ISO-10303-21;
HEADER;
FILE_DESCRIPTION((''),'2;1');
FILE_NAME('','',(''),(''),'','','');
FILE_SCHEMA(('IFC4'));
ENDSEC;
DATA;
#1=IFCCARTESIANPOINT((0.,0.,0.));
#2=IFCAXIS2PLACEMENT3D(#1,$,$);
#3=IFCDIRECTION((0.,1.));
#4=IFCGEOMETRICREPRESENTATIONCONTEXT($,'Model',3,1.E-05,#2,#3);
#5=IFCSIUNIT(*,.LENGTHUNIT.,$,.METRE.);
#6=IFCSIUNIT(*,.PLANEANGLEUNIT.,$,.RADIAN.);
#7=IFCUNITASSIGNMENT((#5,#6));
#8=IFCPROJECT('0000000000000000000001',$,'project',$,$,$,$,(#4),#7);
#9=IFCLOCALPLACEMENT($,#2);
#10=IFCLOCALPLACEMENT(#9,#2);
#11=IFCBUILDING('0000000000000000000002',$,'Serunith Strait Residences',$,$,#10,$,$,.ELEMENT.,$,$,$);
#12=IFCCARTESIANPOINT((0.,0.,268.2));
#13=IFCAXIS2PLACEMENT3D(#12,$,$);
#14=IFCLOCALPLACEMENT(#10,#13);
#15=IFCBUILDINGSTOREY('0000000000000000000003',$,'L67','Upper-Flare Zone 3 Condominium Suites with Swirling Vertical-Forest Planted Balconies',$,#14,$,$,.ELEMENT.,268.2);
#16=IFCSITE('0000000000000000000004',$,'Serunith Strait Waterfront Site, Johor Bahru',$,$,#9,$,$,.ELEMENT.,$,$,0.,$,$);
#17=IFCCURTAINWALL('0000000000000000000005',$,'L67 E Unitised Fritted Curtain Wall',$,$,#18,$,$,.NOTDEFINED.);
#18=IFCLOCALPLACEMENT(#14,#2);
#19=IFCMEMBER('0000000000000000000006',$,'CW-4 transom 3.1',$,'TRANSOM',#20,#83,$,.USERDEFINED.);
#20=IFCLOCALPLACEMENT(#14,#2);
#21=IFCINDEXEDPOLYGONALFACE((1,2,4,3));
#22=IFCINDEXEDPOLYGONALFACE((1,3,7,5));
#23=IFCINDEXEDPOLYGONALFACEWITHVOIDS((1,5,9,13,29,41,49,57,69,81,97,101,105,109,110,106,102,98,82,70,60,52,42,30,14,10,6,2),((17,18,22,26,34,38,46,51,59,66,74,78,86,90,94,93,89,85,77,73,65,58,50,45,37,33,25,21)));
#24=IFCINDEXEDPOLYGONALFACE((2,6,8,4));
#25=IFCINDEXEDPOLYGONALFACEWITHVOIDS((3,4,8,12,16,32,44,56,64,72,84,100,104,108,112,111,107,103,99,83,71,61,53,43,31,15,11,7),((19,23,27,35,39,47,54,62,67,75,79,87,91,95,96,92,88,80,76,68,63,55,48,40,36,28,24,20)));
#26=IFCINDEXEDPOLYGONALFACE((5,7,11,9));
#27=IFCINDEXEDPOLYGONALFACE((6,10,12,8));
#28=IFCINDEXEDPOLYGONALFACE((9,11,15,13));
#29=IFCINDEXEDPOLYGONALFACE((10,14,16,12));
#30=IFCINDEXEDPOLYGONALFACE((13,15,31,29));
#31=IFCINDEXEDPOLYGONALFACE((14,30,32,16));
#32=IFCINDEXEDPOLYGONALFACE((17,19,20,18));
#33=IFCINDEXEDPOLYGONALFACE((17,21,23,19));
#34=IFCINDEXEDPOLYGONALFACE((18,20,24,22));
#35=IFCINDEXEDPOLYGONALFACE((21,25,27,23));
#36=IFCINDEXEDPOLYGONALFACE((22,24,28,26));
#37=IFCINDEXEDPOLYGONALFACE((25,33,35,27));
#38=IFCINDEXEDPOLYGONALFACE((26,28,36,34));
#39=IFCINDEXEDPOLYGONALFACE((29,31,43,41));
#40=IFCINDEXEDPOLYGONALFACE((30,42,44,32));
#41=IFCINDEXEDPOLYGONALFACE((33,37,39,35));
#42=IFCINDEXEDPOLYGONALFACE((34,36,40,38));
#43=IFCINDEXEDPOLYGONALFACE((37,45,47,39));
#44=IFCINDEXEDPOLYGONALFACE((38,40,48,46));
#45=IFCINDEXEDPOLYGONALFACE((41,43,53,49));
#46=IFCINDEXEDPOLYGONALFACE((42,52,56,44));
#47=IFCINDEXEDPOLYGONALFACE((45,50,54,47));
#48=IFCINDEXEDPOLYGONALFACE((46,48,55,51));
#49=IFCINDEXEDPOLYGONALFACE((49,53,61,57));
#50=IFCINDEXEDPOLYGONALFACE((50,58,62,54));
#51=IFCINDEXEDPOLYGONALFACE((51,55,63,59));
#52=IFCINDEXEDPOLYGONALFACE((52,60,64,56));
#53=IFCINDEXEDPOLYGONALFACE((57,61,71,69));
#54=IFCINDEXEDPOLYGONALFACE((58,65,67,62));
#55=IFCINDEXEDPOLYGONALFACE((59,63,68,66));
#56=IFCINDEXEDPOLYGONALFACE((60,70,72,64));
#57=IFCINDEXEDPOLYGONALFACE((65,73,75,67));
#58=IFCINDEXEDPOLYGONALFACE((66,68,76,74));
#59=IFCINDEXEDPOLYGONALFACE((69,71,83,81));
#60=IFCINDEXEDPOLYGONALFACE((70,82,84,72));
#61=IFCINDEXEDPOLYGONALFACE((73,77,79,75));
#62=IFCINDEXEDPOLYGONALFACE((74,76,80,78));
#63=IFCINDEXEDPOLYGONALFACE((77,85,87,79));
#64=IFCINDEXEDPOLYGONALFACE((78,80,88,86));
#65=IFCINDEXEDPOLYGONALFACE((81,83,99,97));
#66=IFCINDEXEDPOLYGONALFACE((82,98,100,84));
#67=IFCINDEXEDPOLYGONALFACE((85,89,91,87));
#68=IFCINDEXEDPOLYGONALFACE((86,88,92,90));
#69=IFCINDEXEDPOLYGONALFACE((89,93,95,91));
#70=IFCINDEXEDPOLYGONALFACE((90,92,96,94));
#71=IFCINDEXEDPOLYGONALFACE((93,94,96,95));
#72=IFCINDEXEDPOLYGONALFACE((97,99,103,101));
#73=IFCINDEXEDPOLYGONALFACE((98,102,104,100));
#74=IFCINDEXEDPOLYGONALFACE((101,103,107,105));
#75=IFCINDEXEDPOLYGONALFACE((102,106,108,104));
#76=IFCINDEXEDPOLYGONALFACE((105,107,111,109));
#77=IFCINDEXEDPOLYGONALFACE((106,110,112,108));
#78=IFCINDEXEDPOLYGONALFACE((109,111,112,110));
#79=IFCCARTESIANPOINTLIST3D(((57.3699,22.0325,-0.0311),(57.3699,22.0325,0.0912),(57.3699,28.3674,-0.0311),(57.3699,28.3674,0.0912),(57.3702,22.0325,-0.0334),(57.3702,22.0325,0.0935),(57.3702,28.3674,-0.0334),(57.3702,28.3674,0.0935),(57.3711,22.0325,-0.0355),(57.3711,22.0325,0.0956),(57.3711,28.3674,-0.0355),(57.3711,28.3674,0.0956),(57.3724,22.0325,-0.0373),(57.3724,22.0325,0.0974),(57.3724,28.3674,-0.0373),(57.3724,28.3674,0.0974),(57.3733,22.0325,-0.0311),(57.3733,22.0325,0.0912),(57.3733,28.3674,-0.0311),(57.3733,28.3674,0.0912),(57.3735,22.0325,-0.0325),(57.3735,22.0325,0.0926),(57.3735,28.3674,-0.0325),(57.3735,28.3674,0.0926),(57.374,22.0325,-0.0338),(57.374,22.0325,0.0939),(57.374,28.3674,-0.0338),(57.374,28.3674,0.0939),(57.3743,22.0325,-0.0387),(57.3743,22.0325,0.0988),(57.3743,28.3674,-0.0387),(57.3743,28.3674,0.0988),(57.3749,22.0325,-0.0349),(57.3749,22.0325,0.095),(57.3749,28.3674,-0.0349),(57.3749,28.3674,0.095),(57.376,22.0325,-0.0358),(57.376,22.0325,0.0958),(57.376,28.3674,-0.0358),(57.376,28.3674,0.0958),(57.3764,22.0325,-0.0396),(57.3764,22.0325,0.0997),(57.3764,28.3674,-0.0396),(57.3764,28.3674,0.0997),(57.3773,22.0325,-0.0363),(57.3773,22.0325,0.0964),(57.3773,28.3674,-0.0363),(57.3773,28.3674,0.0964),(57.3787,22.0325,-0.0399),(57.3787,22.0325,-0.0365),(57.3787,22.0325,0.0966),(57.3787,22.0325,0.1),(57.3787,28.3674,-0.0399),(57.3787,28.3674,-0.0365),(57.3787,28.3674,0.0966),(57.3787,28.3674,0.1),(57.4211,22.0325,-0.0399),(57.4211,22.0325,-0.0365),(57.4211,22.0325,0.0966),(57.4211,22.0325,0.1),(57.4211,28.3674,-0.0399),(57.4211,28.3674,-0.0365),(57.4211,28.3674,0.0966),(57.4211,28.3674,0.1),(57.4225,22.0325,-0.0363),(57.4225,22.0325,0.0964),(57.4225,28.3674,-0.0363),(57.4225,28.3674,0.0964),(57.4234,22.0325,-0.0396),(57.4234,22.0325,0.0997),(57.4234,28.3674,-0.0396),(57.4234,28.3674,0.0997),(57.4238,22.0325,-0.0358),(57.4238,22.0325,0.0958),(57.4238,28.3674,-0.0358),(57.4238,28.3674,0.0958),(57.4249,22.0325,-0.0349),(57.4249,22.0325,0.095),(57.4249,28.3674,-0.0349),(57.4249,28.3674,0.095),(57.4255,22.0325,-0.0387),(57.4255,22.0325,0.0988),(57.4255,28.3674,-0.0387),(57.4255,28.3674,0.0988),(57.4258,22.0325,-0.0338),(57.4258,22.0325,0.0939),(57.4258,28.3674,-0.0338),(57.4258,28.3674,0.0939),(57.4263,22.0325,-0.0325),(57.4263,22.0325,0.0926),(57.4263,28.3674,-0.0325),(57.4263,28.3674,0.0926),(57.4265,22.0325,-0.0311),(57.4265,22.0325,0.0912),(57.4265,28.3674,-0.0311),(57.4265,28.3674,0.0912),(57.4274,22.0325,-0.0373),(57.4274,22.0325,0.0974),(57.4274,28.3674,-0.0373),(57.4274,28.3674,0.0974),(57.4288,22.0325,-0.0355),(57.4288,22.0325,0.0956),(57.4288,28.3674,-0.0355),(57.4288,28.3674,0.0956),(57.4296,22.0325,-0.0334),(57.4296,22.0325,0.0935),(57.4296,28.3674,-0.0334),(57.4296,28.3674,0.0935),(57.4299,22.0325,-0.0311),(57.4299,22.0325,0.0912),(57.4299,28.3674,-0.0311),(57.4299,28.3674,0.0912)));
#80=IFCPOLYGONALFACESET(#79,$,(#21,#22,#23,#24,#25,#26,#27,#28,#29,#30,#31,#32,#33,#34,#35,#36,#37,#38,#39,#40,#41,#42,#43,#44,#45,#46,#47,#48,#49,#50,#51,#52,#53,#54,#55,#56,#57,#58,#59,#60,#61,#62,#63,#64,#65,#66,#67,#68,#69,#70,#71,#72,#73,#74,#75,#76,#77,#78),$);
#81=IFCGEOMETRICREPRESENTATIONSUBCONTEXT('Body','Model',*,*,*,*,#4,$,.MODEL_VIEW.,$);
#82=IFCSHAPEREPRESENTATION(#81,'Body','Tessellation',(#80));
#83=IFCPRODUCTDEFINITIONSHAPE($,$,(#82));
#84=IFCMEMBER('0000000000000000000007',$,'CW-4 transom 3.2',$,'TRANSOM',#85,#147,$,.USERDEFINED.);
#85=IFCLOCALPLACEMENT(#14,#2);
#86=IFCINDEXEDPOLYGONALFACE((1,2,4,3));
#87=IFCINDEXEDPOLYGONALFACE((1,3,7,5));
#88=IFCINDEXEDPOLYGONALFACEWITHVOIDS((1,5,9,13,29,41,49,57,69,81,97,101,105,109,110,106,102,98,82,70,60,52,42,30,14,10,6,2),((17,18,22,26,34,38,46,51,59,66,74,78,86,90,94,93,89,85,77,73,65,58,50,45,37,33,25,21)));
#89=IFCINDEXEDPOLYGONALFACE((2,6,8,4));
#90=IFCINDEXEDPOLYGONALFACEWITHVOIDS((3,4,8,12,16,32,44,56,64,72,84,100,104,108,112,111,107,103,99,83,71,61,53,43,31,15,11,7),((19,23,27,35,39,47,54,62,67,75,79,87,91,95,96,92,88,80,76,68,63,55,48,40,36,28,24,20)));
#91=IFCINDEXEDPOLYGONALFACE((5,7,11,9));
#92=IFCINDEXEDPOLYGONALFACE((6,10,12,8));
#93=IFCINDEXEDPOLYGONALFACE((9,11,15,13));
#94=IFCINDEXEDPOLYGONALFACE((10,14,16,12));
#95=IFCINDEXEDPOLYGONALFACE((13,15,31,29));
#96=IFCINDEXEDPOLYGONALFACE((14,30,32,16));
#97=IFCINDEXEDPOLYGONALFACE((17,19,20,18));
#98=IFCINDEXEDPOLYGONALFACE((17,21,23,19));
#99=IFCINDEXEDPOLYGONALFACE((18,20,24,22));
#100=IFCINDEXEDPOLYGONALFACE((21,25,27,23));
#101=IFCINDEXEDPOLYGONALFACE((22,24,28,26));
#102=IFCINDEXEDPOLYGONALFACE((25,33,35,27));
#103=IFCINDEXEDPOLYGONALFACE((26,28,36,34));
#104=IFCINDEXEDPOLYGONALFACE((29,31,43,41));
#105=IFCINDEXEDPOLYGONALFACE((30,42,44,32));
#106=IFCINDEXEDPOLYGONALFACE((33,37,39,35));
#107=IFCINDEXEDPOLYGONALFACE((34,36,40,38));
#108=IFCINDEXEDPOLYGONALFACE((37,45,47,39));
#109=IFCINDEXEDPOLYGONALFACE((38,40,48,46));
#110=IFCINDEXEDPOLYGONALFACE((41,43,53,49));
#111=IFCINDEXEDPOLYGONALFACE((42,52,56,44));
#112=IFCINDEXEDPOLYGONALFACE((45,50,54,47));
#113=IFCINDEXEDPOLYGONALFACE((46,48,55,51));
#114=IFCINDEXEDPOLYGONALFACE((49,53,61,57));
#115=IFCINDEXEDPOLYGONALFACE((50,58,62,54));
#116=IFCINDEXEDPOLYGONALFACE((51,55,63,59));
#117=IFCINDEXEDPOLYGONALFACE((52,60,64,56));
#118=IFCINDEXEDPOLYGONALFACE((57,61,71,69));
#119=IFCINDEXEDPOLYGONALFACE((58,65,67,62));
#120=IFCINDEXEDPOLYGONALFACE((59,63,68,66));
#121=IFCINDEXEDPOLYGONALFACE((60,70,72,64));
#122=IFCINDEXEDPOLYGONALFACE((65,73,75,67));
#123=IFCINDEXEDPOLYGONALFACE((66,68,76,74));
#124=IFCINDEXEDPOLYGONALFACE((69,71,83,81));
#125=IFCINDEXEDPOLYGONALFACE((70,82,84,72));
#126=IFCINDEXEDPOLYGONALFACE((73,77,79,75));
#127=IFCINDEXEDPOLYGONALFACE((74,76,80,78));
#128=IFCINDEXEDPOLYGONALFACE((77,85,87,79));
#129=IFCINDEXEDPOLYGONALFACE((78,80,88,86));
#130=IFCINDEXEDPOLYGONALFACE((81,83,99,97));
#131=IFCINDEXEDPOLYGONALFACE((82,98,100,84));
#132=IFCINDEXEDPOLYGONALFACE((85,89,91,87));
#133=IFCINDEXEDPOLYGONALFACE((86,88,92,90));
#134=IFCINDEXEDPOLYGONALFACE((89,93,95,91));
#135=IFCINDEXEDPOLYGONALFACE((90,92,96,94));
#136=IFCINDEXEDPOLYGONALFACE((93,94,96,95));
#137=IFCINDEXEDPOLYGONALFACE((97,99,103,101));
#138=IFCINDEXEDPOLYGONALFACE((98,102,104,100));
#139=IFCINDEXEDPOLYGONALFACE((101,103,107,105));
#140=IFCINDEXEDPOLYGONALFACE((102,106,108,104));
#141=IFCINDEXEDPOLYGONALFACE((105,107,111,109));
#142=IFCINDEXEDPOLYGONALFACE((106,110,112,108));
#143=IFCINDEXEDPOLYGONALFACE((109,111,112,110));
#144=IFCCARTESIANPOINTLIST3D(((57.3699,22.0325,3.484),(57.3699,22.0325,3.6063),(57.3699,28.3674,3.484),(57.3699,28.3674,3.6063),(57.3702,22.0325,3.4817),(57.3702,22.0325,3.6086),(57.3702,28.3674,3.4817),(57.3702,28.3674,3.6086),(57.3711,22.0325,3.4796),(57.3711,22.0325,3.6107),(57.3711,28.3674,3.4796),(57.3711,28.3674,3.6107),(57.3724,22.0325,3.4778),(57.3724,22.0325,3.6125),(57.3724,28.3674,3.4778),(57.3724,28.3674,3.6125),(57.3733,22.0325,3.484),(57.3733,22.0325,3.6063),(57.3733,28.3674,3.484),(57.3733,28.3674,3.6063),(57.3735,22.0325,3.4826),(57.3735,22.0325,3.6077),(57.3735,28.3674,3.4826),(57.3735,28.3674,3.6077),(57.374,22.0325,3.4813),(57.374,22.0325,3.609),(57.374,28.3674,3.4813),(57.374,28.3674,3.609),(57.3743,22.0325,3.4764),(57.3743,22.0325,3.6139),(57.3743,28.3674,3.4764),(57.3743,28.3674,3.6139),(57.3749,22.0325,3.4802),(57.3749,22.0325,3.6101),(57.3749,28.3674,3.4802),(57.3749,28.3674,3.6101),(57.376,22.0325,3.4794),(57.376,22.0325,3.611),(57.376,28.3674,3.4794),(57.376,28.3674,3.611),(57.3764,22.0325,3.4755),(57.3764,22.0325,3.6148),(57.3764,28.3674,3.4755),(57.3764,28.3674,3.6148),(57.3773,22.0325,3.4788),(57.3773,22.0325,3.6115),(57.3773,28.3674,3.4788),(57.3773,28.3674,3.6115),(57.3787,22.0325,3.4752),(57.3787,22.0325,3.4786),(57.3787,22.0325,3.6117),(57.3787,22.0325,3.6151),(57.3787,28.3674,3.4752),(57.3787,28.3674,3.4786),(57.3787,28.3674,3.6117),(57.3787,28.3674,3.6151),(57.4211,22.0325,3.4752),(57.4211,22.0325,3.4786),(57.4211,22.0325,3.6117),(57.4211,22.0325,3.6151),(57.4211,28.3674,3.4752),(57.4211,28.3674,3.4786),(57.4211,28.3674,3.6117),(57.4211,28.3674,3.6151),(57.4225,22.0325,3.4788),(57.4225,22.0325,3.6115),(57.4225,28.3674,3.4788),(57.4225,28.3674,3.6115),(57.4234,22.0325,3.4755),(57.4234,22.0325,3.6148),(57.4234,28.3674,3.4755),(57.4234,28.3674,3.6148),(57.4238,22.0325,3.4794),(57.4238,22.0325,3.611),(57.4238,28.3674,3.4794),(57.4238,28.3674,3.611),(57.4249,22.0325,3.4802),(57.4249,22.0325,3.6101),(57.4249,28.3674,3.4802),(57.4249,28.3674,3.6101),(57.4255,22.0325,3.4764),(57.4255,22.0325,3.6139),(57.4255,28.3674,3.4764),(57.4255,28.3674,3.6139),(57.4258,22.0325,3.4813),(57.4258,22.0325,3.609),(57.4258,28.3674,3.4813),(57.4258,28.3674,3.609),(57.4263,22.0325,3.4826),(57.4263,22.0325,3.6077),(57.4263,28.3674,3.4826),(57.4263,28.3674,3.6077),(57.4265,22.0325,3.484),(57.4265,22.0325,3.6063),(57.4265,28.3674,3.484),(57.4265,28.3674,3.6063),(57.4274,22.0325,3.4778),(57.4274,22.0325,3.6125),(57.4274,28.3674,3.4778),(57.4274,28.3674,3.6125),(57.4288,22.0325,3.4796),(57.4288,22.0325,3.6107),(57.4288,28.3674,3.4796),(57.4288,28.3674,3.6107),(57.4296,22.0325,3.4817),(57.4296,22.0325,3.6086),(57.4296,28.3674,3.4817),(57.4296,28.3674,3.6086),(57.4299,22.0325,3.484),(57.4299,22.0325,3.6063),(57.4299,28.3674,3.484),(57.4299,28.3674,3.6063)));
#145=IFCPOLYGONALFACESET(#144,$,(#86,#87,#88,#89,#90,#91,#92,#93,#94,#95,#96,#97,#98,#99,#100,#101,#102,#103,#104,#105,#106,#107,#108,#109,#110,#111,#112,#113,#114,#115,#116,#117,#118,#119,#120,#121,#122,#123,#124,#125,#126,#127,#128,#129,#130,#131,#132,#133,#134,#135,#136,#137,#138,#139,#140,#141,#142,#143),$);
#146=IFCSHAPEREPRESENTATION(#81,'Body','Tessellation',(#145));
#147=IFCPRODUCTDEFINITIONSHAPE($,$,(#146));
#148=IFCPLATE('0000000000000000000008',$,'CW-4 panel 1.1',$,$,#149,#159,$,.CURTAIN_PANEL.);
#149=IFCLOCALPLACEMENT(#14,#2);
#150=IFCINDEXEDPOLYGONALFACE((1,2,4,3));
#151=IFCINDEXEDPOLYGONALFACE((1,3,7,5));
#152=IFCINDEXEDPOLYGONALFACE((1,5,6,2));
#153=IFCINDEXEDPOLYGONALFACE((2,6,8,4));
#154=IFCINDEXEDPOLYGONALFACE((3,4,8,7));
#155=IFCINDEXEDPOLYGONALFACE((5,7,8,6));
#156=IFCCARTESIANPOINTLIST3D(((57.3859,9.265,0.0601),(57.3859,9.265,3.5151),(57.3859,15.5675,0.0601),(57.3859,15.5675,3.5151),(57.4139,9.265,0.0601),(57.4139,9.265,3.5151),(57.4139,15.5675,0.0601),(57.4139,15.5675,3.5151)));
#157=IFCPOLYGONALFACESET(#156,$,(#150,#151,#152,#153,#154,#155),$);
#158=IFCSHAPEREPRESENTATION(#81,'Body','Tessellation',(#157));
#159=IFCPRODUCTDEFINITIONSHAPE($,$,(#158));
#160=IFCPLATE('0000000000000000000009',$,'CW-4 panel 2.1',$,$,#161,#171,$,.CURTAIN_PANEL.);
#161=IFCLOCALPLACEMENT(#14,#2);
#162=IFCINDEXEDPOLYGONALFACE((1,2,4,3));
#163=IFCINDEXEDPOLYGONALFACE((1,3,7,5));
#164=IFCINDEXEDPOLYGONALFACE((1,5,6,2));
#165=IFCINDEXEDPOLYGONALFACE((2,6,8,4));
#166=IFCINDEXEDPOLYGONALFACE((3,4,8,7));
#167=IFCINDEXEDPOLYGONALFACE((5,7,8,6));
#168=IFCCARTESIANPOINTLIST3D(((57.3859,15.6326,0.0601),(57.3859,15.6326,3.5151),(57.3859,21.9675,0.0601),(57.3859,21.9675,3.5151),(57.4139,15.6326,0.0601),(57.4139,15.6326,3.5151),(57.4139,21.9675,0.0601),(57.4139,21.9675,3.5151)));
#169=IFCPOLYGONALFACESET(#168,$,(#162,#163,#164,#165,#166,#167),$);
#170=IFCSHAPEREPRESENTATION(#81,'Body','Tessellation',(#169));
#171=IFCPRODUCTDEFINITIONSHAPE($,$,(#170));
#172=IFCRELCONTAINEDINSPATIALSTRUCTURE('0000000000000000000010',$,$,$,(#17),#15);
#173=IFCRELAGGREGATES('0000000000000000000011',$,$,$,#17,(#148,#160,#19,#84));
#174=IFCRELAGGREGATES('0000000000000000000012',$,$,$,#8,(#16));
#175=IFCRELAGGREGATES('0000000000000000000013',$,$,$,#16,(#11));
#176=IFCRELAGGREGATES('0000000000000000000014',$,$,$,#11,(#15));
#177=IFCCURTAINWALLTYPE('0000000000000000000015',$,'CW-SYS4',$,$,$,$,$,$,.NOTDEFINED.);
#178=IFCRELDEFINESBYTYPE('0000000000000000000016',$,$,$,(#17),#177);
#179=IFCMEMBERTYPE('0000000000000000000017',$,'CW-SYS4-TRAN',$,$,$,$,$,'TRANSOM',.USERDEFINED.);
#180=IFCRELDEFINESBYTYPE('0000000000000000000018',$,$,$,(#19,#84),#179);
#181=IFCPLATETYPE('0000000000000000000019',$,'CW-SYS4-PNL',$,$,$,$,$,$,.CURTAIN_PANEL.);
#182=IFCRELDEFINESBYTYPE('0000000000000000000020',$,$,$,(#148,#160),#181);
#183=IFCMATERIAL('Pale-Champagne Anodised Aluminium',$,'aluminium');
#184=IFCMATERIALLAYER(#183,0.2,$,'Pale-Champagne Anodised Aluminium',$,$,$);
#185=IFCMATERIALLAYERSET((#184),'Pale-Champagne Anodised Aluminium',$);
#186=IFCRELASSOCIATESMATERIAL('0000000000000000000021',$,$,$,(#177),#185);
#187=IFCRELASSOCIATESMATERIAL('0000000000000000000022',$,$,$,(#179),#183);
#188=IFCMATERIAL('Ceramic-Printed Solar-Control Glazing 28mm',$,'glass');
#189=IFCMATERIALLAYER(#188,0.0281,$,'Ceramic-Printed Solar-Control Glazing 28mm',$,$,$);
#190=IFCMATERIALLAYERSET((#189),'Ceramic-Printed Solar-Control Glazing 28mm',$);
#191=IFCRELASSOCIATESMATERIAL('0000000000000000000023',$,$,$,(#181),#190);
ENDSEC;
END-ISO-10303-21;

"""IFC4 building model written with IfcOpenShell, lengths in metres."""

from ifc_helpers import new_model, si_unit, direction, frame, origin, origin_2d, place, context, subcontext, project, spatial, rectangle, hollow_rectangle, extrude, source, transform, mapped, material, layer, layer_set, material_profile, profile_set, type_object, element, aggregate, save


model = new_model("IFC4")

# Units and contexts
model_context = context("Model", 3, precision=1e-05, world=origin(), true_north=direction((0.0, 1.0)))
body_context = subcontext(model_context, "Body", "Model", "MODEL_VIEW")
ifc_project = project(units=[si_unit("LENGTHUNIT", "METRE"), si_unit("PLANEANGLEUNIT", "RADIAN")], contexts=[model_context])

# Site, building, storey
site_placement = place(None, origin())
site = spatial("IfcSite", under=ifc_project, at=site_placement, Name="Serunith Strait Waterfront Site, Johor Bahru", CompositionType="ELEMENT", RefElevation=0.0)
building_placement = place(site_placement, origin())
building = spatial("IfcBuilding", under=site, at=building_placement, Name="Serunith Strait Residences", CompositionType="ELEMENT")
storey_placement = place(building_placement, frame((0.0, 0.0, 268.2)))
storey = spatial("IfcBuildingStorey", under=building, at=storey_placement, Name="L67", Description="Upper-Flare Zone 3 Condominium Suites with Swirling Vertical-Forest Planted Balconies", CompositionType="ELEMENT", Elevation=268.2)

# Curtain wall, members, plates
ifc_material_1 = material(Name="Pale-Champagne Anodised Aluminium", Category="aluminium")
ifc_layer_1 = layer(ifc_material_1, 0.2, Name="Pale-Champagne Anodised Aluminium")
ifc_layer_set_1 = layer_set([ifc_layer_1], Name="Pale-Champagne Anodised Aluminium")
curtain_wall_type = type_object("IfcCurtainWallType", Name="CW-SYS4", PredefinedType="NOTDEFINED", material=ifc_layer_set_1)
curtain_wall_placement = place(storey_placement, origin())
curtain_wall = element("IfcCurtainWall", 1, at=curtain_wall_placement, inside=storey, type_object=curtain_wall_type, Name="L67 E Unitised Fritted Curtain Wall", PredefinedType="NOTDEFINED")
ifc_material_profile_1 = material_profile(ifc_material_1, hollow_rectangle(XDim=0.0601, YDim=0.1399, WallThickness=0.0034, InnerFilletRadius=0.0054, OuterFilletRadius=0.0088, at=origin_2d()), Name="ALU 140x60x3.5")
ifc_profile_set_1 = profile_set([ifc_material_profile_1], Name="Pale-Champagne Anodised Aluminium")
member_type_1 = type_object("IfcMemberType", Name="CW-SYS4-TRAN", ElementType="TRANSOM", PredefinedType="USERDEFINED", material=ifc_profile_set_1)
shared_shape_1 = source(origin(), body_context, "Body", "SweptSolid", [
    extrude(hollow_rectangle(XDim=0.0601, YDim=0.1399, WallThickness=0.0034, InnerFilletRadius=0.0054, OuterFilletRadius=0.0088, at=origin_2d()), origin(), (0.0, 0.0, 1.0), 6.335),
])
member_1_placement = place(storey_placement, frame((57.3999, 22.0325, 0.03), z_axis=(0.0, 1.0, 0.0), x_axis=(-1.0, 0.0, 0.0)))
member_1 = element("IfcMember", 2, at=member_1_placement, type_object=member_type_1, Name="CW-4 transom 3.1", ObjectType="TRANSOM", PredefinedType="USERDEFINED", context=body_context, shape_type="MappedRepresentation", body=[
    mapped(shared_shape_1, transform((0.0, 0.0, 0.0), scale=1.0)),
])
member_2_placement = place(storey_placement, frame((57.3999, 22.0325, 3.5452), z_axis=(0.0, 1.0, 0.0), x_axis=(-1.0, 0.0, 0.0)))
member_2 = element("IfcMember", 3, at=member_2_placement, type_object=member_type_1, Name="CW-4 transom 3.2", ObjectType="TRANSOM", PredefinedType="USERDEFINED", context=body_context, shape_type="MappedRepresentation", body=[
    mapped(shared_shape_1, transform((0.0, 0.0, 0.0), scale=1.0)),
])
ifc_material_2 = material(Name="Ceramic-Printed Solar-Control Glazing 28mm", Category="glass")
ifc_layer_2 = layer(ifc_material_2, 0.0281, Name="Ceramic-Printed Solar-Control Glazing 28mm")
ifc_layer_set_2 = layer_set([ifc_layer_2], Name="Ceramic-Printed Solar-Control Glazing 28mm")
plate_type = type_object("IfcPlateType", Name="CW-SYS4-PNL", PredefinedType="CURTAIN_PANEL", material=ifc_layer_set_2)
shared_shape_2 = source(origin(), body_context, "Body", "SweptSolid", [
    extrude(rectangle(XDim=6.3025, YDim=0.0281, at=origin_2d()), origin(), (0.0, 0.0, 1.0), 3.4551),
])
plate_1_placement = place(storey_placement, frame((57.3999, 12.4163, 0.0601), z_axis=(0.0, 0.0, 1.0), x_axis=(0.0, 1.0, 0.0)))
plate_1 = element("IfcPlate", 4, at=plate_1_placement, type_object=plate_type, Name="CW-4 panel 1.1", PredefinedType="CURTAIN_PANEL", context=body_context, shape_type="MappedRepresentation", body=[
    mapped(shared_shape_2, transform((0.0, 0.0, 0.0), scale=1.0)),
])
shared_shape_3 = source(origin(), body_context, "Body", "SweptSolid", [
    extrude(rectangle(XDim=6.335, YDim=0.0281, at=origin_2d()), origin(), (0.0, 0.0, 1.0), 3.4551),
])
plate_2_placement = place(storey_placement, frame((57.3999, 18.8, 0.0601), z_axis=(0.0, 0.0, 1.0), x_axis=(0.0, 1.0, 0.0)))
plate_2 = element("IfcPlate", 5, at=plate_2_placement, type_object=plate_type, Name="CW-4 panel 2.1", PredefinedType="CURTAIN_PANEL", context=body_context, shape_type="MappedRepresentation", body=[
    mapped(shared_shape_3, transform((0.0, 0.0, 0.0), scale=1.0)),
])
aggregate(curtain_wall, [plate_1, plate_2, member_1, member_2])

save(model, "model.ifc")
